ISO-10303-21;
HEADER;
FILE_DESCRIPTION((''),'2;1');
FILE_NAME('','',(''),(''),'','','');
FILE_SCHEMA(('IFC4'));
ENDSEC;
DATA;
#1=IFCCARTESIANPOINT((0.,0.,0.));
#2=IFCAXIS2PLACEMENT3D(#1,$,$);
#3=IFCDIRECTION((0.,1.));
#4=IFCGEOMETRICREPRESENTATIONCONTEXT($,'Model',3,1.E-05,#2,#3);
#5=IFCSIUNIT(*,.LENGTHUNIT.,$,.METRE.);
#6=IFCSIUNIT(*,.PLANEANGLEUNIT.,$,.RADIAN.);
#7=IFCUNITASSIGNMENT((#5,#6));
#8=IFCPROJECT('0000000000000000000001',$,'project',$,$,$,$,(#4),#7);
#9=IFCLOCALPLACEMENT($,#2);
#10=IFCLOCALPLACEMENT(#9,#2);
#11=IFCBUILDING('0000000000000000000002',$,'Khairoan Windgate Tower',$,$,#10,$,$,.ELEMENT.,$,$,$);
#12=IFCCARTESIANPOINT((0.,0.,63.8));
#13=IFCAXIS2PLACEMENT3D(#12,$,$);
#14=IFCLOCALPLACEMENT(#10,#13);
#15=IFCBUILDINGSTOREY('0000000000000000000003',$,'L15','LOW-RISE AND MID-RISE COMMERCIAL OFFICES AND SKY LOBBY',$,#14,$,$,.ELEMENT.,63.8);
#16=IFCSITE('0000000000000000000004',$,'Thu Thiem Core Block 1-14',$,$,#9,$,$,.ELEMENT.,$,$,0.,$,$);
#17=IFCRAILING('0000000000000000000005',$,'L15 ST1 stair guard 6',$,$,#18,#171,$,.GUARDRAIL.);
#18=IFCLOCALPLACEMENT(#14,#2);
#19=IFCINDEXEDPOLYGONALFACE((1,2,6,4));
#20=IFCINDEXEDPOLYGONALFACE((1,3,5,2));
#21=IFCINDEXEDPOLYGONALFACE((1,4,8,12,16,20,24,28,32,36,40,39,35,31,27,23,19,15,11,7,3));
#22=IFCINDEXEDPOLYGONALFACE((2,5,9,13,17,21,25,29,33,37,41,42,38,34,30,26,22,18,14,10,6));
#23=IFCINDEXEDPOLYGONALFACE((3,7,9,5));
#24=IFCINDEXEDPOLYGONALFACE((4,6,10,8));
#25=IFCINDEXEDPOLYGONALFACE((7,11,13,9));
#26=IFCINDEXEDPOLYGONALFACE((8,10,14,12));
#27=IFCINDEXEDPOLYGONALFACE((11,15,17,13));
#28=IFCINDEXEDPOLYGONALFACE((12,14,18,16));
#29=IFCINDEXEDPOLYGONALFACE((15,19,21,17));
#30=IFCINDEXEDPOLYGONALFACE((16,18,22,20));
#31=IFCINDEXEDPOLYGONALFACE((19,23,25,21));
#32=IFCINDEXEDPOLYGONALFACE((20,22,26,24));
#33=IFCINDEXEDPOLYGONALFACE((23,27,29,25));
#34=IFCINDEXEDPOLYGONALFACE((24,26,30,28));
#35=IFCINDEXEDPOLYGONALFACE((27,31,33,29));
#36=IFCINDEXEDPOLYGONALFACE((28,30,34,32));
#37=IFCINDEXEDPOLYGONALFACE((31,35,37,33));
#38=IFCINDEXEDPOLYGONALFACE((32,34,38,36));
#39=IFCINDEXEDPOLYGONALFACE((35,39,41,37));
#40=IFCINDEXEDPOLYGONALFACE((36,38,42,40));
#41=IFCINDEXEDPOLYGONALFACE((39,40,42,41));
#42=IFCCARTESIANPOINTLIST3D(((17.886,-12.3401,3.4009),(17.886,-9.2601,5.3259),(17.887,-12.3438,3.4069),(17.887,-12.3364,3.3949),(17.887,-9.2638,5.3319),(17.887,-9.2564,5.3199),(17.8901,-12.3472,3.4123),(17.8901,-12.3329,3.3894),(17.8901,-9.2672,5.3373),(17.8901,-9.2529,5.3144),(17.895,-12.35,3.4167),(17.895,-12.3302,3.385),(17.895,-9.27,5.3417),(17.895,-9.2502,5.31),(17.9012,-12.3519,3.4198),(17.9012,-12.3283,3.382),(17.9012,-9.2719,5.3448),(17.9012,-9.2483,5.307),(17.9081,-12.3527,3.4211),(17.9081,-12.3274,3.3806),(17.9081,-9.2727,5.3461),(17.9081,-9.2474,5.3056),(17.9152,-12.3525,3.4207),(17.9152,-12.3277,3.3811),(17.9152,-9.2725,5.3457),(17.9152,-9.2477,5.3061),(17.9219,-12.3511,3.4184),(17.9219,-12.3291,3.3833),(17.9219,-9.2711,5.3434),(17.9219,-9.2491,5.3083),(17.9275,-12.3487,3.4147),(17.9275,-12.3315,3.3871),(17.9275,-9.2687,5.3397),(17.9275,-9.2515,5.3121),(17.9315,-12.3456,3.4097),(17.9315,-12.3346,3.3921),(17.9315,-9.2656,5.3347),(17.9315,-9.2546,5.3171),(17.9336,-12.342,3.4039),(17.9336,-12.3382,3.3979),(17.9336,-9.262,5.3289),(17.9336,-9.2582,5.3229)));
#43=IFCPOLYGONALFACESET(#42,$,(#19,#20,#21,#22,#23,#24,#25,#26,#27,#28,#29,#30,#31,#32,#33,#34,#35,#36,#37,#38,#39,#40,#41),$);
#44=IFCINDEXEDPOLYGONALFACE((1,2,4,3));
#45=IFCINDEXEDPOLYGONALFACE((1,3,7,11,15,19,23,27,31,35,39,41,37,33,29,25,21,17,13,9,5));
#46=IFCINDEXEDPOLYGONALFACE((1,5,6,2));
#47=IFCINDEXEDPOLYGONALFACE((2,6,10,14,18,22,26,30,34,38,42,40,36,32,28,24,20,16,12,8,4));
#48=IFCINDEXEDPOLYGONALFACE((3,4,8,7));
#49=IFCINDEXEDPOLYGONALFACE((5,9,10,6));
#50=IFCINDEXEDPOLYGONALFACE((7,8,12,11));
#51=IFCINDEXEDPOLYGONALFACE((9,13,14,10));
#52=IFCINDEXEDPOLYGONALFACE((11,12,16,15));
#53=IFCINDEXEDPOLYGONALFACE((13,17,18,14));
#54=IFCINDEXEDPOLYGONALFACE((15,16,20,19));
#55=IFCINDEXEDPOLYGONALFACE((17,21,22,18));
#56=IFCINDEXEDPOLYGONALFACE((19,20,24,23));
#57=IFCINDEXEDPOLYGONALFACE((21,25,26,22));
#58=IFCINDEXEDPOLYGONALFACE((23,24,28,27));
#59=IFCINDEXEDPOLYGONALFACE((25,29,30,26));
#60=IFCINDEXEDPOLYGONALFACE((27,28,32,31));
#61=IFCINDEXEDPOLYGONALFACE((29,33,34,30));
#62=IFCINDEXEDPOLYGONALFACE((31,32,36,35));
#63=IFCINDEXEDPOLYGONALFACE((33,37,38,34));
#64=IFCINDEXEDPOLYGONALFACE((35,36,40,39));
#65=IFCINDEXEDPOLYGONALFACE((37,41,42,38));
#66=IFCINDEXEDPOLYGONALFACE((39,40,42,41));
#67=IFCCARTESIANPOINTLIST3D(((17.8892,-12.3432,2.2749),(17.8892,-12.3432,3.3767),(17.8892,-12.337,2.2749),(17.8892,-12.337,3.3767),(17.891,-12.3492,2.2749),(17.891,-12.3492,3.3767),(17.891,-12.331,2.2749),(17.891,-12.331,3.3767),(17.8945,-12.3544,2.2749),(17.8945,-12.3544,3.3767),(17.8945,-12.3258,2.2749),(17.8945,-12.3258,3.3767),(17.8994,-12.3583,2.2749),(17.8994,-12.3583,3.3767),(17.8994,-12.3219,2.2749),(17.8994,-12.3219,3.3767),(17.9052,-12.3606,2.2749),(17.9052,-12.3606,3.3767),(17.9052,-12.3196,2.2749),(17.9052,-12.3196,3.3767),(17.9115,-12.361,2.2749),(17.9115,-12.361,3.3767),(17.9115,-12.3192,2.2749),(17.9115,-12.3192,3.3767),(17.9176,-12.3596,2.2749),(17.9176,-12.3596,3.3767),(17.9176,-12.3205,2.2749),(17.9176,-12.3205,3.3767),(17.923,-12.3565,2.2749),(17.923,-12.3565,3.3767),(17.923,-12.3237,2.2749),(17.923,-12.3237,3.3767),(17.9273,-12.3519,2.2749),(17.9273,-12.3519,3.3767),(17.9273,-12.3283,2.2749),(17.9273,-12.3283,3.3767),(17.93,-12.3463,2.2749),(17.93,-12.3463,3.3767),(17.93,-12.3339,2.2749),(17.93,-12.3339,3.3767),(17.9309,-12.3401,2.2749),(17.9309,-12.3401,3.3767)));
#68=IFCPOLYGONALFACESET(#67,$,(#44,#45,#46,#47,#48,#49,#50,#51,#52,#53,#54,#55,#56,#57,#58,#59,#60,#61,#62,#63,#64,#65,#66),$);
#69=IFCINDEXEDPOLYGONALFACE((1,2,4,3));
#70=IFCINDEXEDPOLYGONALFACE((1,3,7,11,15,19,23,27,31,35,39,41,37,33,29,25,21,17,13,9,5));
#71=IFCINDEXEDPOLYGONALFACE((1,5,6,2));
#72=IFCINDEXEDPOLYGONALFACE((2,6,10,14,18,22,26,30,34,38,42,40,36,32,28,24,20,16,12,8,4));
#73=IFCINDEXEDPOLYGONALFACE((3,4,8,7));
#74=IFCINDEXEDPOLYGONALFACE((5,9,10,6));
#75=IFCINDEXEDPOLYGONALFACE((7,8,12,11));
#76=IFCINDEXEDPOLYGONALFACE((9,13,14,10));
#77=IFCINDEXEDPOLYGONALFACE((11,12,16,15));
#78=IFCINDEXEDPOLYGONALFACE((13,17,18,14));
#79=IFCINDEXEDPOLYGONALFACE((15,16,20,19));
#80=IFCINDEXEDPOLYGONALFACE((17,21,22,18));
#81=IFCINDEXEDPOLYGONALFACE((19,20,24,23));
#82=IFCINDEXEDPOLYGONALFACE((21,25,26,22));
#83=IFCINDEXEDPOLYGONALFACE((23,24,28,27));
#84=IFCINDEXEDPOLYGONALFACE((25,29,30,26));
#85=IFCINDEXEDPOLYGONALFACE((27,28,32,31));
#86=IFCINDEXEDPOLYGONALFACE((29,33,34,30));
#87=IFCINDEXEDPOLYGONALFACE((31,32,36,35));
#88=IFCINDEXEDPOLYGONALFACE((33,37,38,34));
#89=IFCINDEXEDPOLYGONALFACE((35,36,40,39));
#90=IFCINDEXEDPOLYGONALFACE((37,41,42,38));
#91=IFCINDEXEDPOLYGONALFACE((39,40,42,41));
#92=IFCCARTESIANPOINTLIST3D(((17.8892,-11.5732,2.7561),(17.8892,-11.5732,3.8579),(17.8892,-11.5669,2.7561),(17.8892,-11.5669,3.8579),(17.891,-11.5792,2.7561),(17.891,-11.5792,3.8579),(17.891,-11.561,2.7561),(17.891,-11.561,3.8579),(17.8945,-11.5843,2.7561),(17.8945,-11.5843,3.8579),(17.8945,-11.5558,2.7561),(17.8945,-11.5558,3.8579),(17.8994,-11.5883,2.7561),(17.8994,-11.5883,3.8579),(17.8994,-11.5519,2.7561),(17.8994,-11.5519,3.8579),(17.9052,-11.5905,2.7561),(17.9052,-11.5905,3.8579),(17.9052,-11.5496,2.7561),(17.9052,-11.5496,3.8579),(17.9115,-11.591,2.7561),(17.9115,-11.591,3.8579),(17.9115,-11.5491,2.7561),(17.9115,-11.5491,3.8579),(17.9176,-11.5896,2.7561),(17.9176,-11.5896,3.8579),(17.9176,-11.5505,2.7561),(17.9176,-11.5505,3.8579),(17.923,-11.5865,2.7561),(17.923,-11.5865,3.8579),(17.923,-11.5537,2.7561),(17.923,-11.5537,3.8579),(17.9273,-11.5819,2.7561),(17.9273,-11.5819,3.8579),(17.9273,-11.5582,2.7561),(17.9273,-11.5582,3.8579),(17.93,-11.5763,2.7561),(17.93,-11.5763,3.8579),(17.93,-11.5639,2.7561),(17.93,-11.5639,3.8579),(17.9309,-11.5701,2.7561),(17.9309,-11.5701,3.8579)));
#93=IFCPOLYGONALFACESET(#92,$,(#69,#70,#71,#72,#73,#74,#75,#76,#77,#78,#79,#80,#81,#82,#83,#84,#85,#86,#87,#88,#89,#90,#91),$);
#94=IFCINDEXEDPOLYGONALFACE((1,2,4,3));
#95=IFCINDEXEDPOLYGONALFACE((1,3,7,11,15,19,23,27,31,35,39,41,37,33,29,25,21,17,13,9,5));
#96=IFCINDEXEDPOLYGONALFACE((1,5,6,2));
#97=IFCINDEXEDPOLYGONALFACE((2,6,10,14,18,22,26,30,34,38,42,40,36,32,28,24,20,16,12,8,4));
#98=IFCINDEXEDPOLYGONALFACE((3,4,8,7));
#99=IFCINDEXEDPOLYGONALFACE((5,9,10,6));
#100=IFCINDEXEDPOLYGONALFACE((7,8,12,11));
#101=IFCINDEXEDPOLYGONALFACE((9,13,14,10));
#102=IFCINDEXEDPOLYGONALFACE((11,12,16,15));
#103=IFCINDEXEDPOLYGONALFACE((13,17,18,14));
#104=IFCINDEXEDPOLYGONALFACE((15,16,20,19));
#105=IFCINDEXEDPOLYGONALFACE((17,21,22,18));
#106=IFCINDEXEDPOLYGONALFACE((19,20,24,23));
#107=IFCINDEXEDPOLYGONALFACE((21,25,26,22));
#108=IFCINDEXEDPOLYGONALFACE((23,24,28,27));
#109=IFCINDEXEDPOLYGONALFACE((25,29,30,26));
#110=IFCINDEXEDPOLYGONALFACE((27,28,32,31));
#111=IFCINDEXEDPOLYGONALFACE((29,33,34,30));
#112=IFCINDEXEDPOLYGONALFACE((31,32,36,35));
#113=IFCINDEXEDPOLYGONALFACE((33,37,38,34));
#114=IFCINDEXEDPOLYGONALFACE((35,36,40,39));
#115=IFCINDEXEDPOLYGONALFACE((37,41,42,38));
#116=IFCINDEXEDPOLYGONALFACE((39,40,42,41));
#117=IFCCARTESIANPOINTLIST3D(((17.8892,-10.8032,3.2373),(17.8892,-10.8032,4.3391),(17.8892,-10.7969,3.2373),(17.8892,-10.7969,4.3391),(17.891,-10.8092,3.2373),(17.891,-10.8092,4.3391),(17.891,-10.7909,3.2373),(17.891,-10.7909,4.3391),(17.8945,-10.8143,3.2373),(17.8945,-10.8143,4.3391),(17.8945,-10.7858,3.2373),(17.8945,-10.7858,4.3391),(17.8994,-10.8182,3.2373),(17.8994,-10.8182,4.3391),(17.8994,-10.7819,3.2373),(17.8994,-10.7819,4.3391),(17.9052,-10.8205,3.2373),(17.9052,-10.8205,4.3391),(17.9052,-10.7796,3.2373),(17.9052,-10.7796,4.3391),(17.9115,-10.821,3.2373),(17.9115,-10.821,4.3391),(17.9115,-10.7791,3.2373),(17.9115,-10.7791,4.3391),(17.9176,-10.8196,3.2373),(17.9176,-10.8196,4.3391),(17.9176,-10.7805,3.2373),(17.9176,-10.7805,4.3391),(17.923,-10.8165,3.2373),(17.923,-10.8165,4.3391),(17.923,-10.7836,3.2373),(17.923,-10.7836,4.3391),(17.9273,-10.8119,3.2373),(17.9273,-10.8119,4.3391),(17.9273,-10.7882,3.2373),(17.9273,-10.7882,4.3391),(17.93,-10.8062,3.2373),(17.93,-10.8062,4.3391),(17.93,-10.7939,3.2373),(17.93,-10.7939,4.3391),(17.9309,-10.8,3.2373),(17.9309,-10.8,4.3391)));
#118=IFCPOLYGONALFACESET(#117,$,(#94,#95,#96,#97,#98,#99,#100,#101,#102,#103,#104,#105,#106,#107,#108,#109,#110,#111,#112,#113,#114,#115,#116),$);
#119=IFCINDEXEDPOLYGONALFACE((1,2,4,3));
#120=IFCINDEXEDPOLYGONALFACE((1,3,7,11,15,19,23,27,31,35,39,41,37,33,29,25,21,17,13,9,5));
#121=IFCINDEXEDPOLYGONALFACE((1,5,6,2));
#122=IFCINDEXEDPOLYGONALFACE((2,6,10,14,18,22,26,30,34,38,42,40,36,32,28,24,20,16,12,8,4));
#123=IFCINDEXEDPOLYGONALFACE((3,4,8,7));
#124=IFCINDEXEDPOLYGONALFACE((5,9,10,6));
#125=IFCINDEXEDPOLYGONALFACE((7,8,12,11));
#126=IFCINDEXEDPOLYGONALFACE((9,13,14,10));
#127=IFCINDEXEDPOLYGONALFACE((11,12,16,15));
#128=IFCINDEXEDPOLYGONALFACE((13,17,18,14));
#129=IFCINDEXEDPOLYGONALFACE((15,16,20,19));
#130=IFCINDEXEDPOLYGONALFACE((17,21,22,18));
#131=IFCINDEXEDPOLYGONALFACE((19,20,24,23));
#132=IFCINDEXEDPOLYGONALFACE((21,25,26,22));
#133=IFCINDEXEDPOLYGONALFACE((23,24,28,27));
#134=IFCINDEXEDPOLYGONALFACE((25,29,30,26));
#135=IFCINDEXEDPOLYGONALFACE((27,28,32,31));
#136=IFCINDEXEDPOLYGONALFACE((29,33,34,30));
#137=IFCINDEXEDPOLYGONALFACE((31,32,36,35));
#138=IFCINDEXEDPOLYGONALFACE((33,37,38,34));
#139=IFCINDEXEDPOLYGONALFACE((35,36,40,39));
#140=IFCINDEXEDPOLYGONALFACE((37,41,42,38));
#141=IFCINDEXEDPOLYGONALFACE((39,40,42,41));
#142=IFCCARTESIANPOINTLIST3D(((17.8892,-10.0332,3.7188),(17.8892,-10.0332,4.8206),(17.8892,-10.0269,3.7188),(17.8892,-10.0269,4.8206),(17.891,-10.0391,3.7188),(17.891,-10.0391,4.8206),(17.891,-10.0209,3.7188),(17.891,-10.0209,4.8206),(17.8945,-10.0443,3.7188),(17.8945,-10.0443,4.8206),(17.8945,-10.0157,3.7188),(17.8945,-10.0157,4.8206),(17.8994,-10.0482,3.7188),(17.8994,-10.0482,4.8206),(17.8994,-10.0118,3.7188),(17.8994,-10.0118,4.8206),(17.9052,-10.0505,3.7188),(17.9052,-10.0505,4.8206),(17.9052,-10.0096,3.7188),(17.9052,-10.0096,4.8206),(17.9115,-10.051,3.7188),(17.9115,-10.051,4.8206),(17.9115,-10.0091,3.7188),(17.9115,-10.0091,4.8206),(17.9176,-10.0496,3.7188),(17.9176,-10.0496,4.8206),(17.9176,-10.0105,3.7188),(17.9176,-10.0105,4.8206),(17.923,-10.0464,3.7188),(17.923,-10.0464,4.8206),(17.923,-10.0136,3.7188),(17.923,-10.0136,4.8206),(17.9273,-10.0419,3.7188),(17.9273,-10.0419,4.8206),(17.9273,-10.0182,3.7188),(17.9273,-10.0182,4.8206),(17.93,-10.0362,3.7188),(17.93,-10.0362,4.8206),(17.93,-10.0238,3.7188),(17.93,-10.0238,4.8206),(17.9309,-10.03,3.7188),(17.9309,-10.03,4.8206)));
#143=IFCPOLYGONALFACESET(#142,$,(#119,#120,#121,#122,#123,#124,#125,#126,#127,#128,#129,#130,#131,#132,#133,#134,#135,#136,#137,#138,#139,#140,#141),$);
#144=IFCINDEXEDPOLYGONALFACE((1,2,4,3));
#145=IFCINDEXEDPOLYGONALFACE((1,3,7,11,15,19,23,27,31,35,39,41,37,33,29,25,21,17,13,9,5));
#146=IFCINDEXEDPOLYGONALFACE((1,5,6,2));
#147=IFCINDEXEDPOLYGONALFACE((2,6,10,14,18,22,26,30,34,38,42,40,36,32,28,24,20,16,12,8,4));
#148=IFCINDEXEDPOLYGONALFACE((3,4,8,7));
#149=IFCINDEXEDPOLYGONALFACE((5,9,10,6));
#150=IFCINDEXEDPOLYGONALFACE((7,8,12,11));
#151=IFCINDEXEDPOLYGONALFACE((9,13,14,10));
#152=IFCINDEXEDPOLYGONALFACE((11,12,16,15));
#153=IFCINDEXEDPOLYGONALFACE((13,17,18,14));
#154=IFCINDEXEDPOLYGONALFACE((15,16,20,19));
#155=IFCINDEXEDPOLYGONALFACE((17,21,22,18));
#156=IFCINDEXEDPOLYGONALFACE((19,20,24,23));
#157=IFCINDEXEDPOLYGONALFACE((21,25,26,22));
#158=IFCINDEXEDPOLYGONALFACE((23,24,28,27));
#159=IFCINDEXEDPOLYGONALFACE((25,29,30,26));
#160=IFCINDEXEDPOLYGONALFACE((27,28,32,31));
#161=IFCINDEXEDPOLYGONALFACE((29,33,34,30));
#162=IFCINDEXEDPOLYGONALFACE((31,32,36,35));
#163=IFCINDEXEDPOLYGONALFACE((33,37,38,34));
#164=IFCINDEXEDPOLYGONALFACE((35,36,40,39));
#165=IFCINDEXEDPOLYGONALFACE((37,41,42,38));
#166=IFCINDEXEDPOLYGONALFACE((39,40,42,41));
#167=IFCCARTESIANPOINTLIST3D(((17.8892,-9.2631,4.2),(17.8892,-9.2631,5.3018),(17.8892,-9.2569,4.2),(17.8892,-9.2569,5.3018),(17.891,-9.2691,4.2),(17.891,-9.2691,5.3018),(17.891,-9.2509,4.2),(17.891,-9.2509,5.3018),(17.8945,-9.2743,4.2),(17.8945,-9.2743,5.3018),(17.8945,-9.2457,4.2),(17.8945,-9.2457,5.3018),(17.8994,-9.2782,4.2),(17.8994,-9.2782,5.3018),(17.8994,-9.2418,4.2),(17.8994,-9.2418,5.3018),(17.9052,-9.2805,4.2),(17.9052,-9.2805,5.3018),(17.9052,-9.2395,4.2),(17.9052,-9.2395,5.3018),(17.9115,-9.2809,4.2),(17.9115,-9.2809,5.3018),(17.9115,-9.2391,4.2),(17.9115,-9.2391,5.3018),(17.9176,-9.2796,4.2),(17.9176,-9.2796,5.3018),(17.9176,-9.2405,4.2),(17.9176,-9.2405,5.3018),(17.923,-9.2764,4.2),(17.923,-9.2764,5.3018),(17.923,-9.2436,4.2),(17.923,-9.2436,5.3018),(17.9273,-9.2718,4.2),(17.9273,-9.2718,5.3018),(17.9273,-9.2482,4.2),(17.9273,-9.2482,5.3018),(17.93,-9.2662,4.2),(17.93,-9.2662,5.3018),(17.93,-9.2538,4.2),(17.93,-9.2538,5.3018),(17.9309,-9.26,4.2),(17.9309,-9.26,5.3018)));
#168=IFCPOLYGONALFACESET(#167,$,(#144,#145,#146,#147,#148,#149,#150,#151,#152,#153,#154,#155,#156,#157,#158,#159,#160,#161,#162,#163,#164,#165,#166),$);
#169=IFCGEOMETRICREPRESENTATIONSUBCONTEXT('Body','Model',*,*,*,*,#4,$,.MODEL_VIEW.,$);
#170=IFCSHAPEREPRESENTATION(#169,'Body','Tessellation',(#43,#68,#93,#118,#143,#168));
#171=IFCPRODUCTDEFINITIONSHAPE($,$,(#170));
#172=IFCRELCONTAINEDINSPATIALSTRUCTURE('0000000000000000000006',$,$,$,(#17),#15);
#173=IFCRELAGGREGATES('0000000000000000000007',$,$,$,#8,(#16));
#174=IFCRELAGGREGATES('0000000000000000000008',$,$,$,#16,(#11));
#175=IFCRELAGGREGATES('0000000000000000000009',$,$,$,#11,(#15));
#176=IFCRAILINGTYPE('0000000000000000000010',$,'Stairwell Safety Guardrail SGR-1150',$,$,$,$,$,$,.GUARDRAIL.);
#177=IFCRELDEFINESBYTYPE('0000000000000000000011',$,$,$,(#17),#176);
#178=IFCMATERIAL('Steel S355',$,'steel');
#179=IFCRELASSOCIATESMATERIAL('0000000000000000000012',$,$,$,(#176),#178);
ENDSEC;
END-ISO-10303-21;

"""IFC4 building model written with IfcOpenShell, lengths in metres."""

from ifc_helpers import new_model, si_unit, direction, frame, origin, origin_2d, place, context, subcontext, project, spatial, circle, extrude, material, type_object, element, save


model = new_model("IFC4")

# Units and contexts
model_context = context("Model", 3, precision=1e-05, world=origin(), true_north=direction((0.0, 1.0)))
body_context = subcontext(model_context, "Body", "Model", "MODEL_VIEW")
ifc_project = project(units=[si_unit("LENGTHUNIT", "METRE"), si_unit("PLANEANGLEUNIT", "RADIAN")], contexts=[model_context])

# Site, building, storey
site_placement = place(None, origin())
site = spatial("IfcSite", under=ifc_project, at=site_placement, Name="Thu Thiem Core Block 1-14", CompositionType="ELEMENT", RefElevation=0.0)
building_placement = place(site_placement, origin())
building = spatial("IfcBuilding", under=site, at=building_placement, Name="Khairoan Windgate Tower", CompositionType="ELEMENT")
storey_placement = place(building_placement, frame((0.0, 0.0, 63.8)))
storey = spatial("IfcBuildingStorey", under=building, at=storey_placement, Name="L15", Description="LOW-RISE AND MID-RISE COMMERCIAL OFFICES AND SKY LOBBY", CompositionType="ELEMENT", Elevation=63.8)

# Railing
ifc_material_1 = material(Name="Steel S355", Category="steel")
railing_type = type_object("IfcRailingType", Name="Stairwell Safety Guardrail SGR-1150", PredefinedType="GUARDRAIL", material=ifc_material_1)
railing_1_placement = place(storey_placement, frame((17.9099, -12.3401, 2.2749)))
element("IfcRailing", 1, at=railing_1_placement, inside=storey, type_object=railing_type, Name="L15 ST1 stair guard 6", PredefinedType="GUARDRAIL", context=body_context, shape_type="SweptSolid", body=[
    extrude(circle(Radius=0.0239, at=origin_2d()), frame((0.0, 0.0, 1.126), z_axis=(0.0, 0.847998, 0.529999), x_axis=(-1.0, 0.0, 0.0)), (0.0, 0.0, 1.0), 3.6321),
    extrude(circle(Radius=0.021, at=origin_2d()), origin(), (0.0, 0.0, 1.0), 1.1018),
    extrude(circle(Radius=0.021, at=origin_2d()), frame((0.0, 0.77, 0.4812)), (0.0, 0.0, 1.0), 1.1018),
    extrude(circle(Radius=0.021, at=origin_2d()), frame((0.0, 1.54, 0.9624)), (0.0, 0.0, 1.0), 1.1018),
    extrude(circle(Radius=0.021, at=origin_2d()), frame((0.0, 2.3101, 1.4438)), (0.0, 0.0, 1.0), 1.1018),
    extrude(circle(Radius=0.021, at=origin_2d()), frame((0.0, 3.0801, 1.925)), (0.0, 0.0, 1.0), 1.1018),
])

save(model, "model.ifc")
